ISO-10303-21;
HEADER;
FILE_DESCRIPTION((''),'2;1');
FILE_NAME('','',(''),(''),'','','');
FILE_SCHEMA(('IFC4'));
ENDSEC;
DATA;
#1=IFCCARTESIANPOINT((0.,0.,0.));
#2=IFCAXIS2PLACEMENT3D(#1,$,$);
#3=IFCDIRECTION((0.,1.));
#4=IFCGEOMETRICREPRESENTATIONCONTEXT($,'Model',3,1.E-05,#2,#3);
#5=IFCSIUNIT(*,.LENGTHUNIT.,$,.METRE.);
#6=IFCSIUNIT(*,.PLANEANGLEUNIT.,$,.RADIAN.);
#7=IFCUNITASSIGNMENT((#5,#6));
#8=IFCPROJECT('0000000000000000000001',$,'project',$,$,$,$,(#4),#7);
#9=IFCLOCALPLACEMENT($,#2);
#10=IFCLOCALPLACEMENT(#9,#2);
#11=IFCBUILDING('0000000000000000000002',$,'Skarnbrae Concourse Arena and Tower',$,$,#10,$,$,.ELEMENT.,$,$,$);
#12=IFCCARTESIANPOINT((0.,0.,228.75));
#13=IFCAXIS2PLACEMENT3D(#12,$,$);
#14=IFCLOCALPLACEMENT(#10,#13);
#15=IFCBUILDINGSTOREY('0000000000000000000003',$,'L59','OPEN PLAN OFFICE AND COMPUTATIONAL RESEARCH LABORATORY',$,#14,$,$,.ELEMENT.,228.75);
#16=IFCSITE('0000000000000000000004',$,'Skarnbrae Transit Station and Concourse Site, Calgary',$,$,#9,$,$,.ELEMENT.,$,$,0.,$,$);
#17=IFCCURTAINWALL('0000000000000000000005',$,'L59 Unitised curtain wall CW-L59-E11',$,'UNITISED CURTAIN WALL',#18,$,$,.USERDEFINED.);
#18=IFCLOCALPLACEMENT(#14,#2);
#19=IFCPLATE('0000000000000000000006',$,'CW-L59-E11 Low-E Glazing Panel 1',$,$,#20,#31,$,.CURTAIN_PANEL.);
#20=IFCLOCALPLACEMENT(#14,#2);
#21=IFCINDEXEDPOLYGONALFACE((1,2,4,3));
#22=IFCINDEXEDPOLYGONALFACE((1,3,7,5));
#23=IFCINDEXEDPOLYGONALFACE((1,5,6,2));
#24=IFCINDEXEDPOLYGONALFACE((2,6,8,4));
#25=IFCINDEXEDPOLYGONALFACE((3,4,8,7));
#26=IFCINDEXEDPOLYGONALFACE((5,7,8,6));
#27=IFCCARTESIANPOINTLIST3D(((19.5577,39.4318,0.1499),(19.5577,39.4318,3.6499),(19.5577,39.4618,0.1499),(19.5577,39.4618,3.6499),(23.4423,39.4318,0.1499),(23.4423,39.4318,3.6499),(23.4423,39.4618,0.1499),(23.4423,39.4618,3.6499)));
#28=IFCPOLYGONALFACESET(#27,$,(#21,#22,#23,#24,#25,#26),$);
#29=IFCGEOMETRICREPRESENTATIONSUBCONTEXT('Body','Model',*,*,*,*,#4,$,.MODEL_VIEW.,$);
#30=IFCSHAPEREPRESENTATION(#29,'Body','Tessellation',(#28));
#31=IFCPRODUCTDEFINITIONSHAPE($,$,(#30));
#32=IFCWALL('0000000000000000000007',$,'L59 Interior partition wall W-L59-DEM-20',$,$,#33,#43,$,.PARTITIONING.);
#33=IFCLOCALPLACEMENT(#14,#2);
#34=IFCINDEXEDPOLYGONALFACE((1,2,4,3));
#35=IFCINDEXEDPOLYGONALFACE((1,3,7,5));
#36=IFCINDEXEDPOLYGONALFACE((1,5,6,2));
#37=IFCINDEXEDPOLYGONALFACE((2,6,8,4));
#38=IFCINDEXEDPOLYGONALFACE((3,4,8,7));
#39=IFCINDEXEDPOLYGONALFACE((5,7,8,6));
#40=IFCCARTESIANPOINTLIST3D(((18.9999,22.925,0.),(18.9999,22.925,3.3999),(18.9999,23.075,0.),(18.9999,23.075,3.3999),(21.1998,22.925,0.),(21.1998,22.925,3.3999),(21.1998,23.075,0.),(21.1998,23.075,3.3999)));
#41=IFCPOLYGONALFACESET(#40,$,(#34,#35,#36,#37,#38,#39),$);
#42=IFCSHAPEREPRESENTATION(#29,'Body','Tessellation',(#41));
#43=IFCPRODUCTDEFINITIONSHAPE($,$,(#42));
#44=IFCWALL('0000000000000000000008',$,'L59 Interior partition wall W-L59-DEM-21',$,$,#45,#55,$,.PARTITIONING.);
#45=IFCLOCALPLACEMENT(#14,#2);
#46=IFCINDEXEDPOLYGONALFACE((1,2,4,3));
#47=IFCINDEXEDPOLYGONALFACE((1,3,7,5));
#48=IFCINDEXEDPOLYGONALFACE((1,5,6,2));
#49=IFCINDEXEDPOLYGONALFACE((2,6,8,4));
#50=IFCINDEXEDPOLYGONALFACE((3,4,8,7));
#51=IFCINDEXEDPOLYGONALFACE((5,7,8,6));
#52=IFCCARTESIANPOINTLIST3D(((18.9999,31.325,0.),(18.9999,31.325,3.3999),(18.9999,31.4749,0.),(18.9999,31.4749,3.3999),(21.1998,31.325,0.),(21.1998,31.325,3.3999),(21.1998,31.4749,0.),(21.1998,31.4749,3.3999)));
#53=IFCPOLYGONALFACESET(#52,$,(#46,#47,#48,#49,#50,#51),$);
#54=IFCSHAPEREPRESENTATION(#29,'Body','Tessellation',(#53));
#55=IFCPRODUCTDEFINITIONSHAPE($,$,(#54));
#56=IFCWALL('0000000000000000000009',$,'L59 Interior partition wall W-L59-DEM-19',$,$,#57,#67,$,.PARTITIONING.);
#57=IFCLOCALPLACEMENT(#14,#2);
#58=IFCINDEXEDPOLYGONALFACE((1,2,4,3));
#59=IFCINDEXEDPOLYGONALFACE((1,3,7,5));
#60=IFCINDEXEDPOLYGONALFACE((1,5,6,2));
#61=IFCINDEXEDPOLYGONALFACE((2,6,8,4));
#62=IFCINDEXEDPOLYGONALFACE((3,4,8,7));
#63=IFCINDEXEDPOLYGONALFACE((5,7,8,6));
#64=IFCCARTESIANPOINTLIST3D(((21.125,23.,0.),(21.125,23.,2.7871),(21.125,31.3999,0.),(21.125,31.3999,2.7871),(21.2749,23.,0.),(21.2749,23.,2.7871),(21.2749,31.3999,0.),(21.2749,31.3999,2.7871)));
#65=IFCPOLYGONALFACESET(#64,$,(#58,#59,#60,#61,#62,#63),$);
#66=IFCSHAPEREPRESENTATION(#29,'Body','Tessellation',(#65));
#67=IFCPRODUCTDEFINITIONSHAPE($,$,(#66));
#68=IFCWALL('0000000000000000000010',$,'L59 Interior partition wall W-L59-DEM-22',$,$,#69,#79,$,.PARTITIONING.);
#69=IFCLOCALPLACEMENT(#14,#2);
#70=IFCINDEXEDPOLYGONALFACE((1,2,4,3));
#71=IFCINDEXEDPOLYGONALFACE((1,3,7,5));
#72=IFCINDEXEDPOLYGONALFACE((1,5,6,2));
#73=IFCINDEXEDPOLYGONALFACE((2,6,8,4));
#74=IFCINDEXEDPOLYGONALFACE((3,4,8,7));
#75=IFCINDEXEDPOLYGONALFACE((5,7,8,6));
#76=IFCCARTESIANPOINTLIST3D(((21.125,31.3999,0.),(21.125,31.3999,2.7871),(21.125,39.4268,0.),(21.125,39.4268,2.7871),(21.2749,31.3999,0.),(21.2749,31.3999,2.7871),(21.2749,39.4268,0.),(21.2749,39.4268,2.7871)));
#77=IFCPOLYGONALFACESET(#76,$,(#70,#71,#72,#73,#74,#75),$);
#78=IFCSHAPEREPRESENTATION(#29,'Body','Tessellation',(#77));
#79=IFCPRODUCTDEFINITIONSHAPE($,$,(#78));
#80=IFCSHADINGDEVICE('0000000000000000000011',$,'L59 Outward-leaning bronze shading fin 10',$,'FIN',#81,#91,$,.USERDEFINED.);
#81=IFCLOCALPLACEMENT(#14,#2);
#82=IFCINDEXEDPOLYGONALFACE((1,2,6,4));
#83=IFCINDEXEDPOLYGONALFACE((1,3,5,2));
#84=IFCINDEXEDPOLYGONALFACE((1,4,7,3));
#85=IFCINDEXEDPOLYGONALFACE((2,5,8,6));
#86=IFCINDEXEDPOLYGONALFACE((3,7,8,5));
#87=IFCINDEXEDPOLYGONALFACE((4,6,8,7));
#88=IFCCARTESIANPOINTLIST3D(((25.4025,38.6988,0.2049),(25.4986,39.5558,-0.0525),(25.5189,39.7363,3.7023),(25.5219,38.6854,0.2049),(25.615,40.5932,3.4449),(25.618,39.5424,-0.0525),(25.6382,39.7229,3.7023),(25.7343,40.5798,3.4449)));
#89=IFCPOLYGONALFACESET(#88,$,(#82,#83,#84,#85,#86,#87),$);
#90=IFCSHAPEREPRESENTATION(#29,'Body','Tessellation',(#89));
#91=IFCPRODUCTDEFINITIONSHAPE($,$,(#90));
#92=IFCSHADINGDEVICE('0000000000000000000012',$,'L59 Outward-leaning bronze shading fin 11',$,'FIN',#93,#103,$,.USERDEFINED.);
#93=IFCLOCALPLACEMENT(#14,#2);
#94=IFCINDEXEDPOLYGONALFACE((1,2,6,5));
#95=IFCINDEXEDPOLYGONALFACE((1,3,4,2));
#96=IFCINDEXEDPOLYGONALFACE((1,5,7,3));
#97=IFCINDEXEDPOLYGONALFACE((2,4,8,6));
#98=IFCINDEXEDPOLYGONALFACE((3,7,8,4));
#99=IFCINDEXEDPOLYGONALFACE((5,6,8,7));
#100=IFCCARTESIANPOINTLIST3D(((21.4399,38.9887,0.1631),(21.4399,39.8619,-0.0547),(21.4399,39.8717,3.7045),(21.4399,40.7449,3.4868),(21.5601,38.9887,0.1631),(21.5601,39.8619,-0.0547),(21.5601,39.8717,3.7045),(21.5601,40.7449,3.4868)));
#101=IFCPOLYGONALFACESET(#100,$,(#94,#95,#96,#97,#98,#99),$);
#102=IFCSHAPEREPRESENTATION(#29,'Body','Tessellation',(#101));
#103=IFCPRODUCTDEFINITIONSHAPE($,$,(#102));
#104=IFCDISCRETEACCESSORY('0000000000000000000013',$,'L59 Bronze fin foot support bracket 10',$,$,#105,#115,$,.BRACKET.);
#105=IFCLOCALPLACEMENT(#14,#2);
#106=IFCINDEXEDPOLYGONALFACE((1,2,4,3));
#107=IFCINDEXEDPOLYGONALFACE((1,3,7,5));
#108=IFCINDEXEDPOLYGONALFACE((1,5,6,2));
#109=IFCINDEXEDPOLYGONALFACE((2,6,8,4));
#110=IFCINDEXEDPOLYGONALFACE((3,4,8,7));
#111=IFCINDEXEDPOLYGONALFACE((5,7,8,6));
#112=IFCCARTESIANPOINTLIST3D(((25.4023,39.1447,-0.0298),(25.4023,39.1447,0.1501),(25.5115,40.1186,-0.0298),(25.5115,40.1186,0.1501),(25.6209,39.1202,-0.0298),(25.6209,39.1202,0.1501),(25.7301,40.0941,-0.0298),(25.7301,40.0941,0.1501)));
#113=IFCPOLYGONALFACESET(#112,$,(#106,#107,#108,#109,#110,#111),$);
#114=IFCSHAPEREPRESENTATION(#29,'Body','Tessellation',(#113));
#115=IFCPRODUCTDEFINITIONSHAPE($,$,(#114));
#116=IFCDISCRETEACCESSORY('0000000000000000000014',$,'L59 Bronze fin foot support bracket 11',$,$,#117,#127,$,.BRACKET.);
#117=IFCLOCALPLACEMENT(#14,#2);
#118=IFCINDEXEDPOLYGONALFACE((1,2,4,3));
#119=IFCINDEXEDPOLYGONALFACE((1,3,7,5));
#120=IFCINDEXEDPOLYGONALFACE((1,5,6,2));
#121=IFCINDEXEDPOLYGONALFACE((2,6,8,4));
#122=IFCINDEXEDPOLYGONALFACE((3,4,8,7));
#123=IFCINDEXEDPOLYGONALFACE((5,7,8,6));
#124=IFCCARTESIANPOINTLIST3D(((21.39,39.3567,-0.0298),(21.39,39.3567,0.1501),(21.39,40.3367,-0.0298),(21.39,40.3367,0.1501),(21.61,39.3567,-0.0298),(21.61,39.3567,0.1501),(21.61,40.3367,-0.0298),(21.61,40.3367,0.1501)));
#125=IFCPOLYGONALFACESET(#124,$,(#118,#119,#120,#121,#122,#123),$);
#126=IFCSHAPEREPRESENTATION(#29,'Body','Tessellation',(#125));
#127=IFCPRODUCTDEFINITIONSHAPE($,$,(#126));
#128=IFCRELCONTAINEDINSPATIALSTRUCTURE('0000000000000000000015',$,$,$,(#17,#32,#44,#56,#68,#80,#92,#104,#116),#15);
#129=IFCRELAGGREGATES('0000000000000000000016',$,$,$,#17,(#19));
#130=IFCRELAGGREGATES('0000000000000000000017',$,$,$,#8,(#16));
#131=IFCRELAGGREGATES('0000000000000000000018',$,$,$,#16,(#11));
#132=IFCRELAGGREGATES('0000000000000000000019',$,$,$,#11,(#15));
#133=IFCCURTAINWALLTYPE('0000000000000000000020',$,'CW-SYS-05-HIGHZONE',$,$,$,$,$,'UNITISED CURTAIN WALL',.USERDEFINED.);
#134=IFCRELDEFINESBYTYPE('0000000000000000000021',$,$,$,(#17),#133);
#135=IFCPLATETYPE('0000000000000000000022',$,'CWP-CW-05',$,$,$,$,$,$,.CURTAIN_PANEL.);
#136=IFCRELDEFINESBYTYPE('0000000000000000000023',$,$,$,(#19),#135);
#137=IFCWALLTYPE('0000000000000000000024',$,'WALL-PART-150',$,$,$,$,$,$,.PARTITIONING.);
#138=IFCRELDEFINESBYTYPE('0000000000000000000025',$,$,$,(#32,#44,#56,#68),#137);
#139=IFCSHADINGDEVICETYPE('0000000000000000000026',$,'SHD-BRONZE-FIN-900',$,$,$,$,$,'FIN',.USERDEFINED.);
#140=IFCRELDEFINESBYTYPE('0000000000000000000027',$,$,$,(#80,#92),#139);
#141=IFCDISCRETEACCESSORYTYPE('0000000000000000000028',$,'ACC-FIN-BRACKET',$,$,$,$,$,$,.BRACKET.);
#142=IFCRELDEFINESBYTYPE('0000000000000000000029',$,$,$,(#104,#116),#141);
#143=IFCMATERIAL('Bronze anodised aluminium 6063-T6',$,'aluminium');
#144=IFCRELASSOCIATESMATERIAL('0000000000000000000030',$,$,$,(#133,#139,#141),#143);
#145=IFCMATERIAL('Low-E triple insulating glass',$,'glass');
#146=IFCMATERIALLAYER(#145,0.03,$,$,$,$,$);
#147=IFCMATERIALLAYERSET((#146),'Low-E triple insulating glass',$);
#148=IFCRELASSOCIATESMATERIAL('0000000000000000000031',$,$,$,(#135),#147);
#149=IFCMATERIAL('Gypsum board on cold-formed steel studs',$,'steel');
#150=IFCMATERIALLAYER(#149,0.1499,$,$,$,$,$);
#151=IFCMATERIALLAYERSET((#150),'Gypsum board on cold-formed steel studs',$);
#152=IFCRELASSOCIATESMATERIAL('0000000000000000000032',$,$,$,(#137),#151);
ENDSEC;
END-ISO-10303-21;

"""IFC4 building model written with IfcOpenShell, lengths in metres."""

from ifc_helpers import new_model, si_unit, direction, frame, frame_2d, origin, origin_2d, place, context, subcontext, project, spatial, rectangle, extrude, source, transform, mapped, material, layer, layer_set, type_object, element, aggregate, save


model = new_model("IFC4")

# Units and contexts
model_context = context("Model", 3, precision=1e-05, world=origin(), true_north=direction((0.0, 1.0)))
body_context = subcontext(model_context, "Body", "Model", "MODEL_VIEW")
ifc_project = project(units=[si_unit("LENGTHUNIT", "METRE"), si_unit("PLANEANGLEUNIT", "RADIAN")], contexts=[model_context])

# Site, building, storey
site_placement = place(None, origin())
site = spatial("IfcSite", under=ifc_project, at=site_placement, Name="Skarnbrae Transit Station and Concourse Site, Calgary", CompositionType="ELEMENT", RefElevation=0.0)
building_placement = place(site_placement, origin())
building = spatial("IfcBuilding", under=site, at=building_placement, Name="Skarnbrae Concourse Arena and Tower", CompositionType="ELEMENT")
storey_placement = place(building_placement, frame((0.0, 0.0, 228.75)))
storey = spatial("IfcBuildingStorey", under=building, at=storey_placement, Name="L59", Description="OPEN PLAN OFFICE AND COMPUTATIONAL RESEARCH LABORATORY", CompositionType="ELEMENT", Elevation=228.75)

# Shared definitions
ifc_material_1 = material(Name="Bronze anodised aluminium 6063-T6", Category="aluminium")
curtain_wall_type = type_object("IfcCurtainWallType", Name="CW-SYS-05-HIGHZONE", ElementType="UNITISED CURTAIN WALL", PredefinedType="USERDEFINED", material=ifc_material_1)

# Curtain wall
curtain_wall_1_placement = place(storey_placement, origin())
curtain_wall_1 = element("IfcCurtainWall", 1, at=curtain_wall_1_placement, inside=storey, type_object=curtain_wall_type, Name="L59 Unitised curtain wall CW-L59-E11", ObjectType="UNITISED CURTAIN WALL", PredefinedType="USERDEFINED")

# Plate
ifc_material_2 = material(Name="Low-E triple insulating glass", Category="glass")
ifc_layer_1 = layer(ifc_material_2, 0.03)
ifc_layer_set_1 = layer_set([ifc_layer_1], Name="Low-E triple insulating glass")
plate_type = type_object("IfcPlateType", Name="CWP-CW-05", PredefinedType="CURTAIN_PANEL", material=ifc_layer_set_1)
shared_shape_1 = source(origin(), body_context, "Body", "SweptSolid", [
    extrude(rectangle(XDim=3.8845, YDim=0.03, at=origin_2d()), origin(), (0.0, 0.0, 1.0), 3.5),
])
plate_1_placement = place(storey_placement, frame((21.5, 39.4468, 0.1499), z_axis=(0.0, 0.0, 1.0), x_axis=(-1.0, 0.0, 0.0)))
plate_1 = element("IfcPlate", 2, at=plate_1_placement, type_object=plate_type, Name="CW-L59-E11 Low-E Glazing Panel 1", PredefinedType="CURTAIN_PANEL", context=body_context, shape_type="MappedRepresentation", body=[
    mapped(shared_shape_1, transform((0.0, 0.0, 0.0))),
])
aggregate(curtain_wall_1, [plate_1])

# Walls
ifc_material_3 = material(Name="Gypsum board on cold-formed steel studs", Category="steel")
ifc_layer_2 = layer(ifc_material_3, 0.1499)
ifc_layer_set_2 = layer_set([ifc_layer_2], Name="Gypsum board on cold-formed steel studs")
wall_type = type_object("IfcWallType", Name="WALL-PART-150", PredefinedType="PARTITIONING", material=ifc_layer_set_2)
shared_shape_2 = source(origin(), body_context, "Body", "SweptSolid", [
    extrude(rectangle(XDim=2.2, YDim=0.1499, at=frame_2d((1.1001, 0.0))), origin(), (0.0, 0.0, 1.0), 3.3999),
])
for number, where, z_axis, x_axis, name in (
    (3, (21.2, 23.0, 0.0), (0.0, 0.0, 1.0), (-1.0, 0.0, 0.0), "L59 Interior partition wall W-L59-DEM-20"),
    (4, (21.2, 31.3999, 0.0), (0.0, 0.0, 1.0), (-1.0, 0.0, 0.0), "L59 Interior partition wall W-L59-DEM-21"),
):
    element("IfcWall", number, at=place(storey_placement, frame(where, z_axis=z_axis, x_axis=x_axis)), inside=storey, type_object=wall_type, Name=name, PredefinedType="PARTITIONING", context=body_context, shape_type="MappedRepresentation", body=[
        mapped(shared_shape_2, transform((0.0, 0.0, 0.0))),
    ])
shared_shape_3 = source(origin(), body_context, "Body", "SweptSolid", [
    extrude(rectangle(XDim=8.3999, YDim=0.1499, at=frame_2d((4.2, 0.0))), origin(), (0.0, 0.0, 1.0), 2.7871),
])
wall_1_placement = place(storey_placement, frame((21.2, 31.3999, 0.0), z_axis=(0.0, 0.0, 1.0), x_axis=(0.0, -1.0, 0.0)))
element("IfcWall", 5, at=wall_1_placement, inside=storey, type_object=wall_type, Name="L59 Interior partition wall W-L59-DEM-19", PredefinedType="PARTITIONING", context=body_context, shape_type="MappedRepresentation", body=[
    mapped(shared_shape_3, transform((0.0, 0.0, 0.0))),
])
shared_shape_4 = source(origin(), body_context, "Body", "SweptSolid", [
    extrude(rectangle(XDim=8.0269, YDim=0.1499, at=frame_2d((4.0134, 0.0))), origin(), (0.0, 0.0, 1.0), 2.7871),
])
wall_2_placement = place(storey_placement, frame((21.2, 39.4268, 0.0), z_axis=(0.0, 0.0, 1.0), x_axis=(0.0, -1.0, 0.0)))
element("IfcWall", 6, at=wall_2_placement, inside=storey, type_object=wall_type, Name="L59 Interior partition wall W-L59-DEM-22", PredefinedType="PARTITIONING", context=body_context, shape_type="MappedRepresentation", body=[
    mapped(shared_shape_4, transform((0.0, 0.0, 0.0))),
])

# Shading devices
shading_device_type = type_object("IfcShadingDeviceType", Name="SHD-BRONZE-FIN-900", ElementType="FIN", PredefinedType="USERDEFINED", material=ifc_material_1)
shared_shape_5 = source(origin(), body_context, "Body", "SweptSolid", [
    extrude(rectangle(XDim=0.1201, YDim=0.8999, at=origin_2d()), origin(), (0.0, 0.0, 1.0), 3.6499),
])
for number, where, z_axis, x_axis, name in (
    (7, (25.5103, 39.1206, 0.0762), (0.031878, 0.284241, 0.958223), (0.99377, -0.111452, 0.0), "L59 Outward-leaning bronze shading fin 10"),
    (8, (21.5, 39.4253, 0.0542), (0.0, 0.241922, 0.970296), (1.0, 0.0, 0.0), "L59 Outward-leaning bronze shading fin 11"),
):
    element("IfcShadingDevice", number, at=place(storey_placement, frame(where, z_axis=z_axis, x_axis=x_axis)), inside=storey, type_object=shading_device_type, Name=name, ObjectType="FIN", PredefinedType="USERDEFINED", context=body_context, shape_type="MappedRepresentation", body=[
        mapped(shared_shape_5, transform((0.0, 0.0, 0.0))),
    ])

# Discrete accessories
discrete_accessory_type = type_object("IfcDiscreteAccessoryType", Name="ACC-FIN-BRACKET", PredefinedType="BRACKET", material=ifc_material_1)
shared_shape_6 = source(origin(), body_context, "Body", "SweptSolid", [
    extrude(rectangle(XDim=0.22, YDim=0.98, at=origin_2d()), origin(), (0.0, 0.0, 1.0), 0.1799),
])
for number, where, z_axis, x_axis, name in (
    (9, (25.5662, 39.6194, -0.0298), (0.0, 0.0, 1.0), (0.99377, -0.111452, 0.0), "L59 Bronze fin foot support bracket 10"),
    (10, (21.5, 39.8467, -0.0298), (0.0, 0.0, 1.0), (1.0, 0.0, 0.0), "L59 Bronze fin foot support bracket 11"),
):
    element("IfcDiscreteAccessory", number, at=place(storey_placement, frame(where, z_axis=z_axis, x_axis=x_axis)), inside=storey, type_object=discrete_accessory_type, Name=name, PredefinedType="BRACKET", context=body_context, shape_type="MappedRepresentation", body=[
        mapped(shared_shape_6, transform((0.0, 0.0, 0.0))),
    ])

save(model, "model.ifc")
